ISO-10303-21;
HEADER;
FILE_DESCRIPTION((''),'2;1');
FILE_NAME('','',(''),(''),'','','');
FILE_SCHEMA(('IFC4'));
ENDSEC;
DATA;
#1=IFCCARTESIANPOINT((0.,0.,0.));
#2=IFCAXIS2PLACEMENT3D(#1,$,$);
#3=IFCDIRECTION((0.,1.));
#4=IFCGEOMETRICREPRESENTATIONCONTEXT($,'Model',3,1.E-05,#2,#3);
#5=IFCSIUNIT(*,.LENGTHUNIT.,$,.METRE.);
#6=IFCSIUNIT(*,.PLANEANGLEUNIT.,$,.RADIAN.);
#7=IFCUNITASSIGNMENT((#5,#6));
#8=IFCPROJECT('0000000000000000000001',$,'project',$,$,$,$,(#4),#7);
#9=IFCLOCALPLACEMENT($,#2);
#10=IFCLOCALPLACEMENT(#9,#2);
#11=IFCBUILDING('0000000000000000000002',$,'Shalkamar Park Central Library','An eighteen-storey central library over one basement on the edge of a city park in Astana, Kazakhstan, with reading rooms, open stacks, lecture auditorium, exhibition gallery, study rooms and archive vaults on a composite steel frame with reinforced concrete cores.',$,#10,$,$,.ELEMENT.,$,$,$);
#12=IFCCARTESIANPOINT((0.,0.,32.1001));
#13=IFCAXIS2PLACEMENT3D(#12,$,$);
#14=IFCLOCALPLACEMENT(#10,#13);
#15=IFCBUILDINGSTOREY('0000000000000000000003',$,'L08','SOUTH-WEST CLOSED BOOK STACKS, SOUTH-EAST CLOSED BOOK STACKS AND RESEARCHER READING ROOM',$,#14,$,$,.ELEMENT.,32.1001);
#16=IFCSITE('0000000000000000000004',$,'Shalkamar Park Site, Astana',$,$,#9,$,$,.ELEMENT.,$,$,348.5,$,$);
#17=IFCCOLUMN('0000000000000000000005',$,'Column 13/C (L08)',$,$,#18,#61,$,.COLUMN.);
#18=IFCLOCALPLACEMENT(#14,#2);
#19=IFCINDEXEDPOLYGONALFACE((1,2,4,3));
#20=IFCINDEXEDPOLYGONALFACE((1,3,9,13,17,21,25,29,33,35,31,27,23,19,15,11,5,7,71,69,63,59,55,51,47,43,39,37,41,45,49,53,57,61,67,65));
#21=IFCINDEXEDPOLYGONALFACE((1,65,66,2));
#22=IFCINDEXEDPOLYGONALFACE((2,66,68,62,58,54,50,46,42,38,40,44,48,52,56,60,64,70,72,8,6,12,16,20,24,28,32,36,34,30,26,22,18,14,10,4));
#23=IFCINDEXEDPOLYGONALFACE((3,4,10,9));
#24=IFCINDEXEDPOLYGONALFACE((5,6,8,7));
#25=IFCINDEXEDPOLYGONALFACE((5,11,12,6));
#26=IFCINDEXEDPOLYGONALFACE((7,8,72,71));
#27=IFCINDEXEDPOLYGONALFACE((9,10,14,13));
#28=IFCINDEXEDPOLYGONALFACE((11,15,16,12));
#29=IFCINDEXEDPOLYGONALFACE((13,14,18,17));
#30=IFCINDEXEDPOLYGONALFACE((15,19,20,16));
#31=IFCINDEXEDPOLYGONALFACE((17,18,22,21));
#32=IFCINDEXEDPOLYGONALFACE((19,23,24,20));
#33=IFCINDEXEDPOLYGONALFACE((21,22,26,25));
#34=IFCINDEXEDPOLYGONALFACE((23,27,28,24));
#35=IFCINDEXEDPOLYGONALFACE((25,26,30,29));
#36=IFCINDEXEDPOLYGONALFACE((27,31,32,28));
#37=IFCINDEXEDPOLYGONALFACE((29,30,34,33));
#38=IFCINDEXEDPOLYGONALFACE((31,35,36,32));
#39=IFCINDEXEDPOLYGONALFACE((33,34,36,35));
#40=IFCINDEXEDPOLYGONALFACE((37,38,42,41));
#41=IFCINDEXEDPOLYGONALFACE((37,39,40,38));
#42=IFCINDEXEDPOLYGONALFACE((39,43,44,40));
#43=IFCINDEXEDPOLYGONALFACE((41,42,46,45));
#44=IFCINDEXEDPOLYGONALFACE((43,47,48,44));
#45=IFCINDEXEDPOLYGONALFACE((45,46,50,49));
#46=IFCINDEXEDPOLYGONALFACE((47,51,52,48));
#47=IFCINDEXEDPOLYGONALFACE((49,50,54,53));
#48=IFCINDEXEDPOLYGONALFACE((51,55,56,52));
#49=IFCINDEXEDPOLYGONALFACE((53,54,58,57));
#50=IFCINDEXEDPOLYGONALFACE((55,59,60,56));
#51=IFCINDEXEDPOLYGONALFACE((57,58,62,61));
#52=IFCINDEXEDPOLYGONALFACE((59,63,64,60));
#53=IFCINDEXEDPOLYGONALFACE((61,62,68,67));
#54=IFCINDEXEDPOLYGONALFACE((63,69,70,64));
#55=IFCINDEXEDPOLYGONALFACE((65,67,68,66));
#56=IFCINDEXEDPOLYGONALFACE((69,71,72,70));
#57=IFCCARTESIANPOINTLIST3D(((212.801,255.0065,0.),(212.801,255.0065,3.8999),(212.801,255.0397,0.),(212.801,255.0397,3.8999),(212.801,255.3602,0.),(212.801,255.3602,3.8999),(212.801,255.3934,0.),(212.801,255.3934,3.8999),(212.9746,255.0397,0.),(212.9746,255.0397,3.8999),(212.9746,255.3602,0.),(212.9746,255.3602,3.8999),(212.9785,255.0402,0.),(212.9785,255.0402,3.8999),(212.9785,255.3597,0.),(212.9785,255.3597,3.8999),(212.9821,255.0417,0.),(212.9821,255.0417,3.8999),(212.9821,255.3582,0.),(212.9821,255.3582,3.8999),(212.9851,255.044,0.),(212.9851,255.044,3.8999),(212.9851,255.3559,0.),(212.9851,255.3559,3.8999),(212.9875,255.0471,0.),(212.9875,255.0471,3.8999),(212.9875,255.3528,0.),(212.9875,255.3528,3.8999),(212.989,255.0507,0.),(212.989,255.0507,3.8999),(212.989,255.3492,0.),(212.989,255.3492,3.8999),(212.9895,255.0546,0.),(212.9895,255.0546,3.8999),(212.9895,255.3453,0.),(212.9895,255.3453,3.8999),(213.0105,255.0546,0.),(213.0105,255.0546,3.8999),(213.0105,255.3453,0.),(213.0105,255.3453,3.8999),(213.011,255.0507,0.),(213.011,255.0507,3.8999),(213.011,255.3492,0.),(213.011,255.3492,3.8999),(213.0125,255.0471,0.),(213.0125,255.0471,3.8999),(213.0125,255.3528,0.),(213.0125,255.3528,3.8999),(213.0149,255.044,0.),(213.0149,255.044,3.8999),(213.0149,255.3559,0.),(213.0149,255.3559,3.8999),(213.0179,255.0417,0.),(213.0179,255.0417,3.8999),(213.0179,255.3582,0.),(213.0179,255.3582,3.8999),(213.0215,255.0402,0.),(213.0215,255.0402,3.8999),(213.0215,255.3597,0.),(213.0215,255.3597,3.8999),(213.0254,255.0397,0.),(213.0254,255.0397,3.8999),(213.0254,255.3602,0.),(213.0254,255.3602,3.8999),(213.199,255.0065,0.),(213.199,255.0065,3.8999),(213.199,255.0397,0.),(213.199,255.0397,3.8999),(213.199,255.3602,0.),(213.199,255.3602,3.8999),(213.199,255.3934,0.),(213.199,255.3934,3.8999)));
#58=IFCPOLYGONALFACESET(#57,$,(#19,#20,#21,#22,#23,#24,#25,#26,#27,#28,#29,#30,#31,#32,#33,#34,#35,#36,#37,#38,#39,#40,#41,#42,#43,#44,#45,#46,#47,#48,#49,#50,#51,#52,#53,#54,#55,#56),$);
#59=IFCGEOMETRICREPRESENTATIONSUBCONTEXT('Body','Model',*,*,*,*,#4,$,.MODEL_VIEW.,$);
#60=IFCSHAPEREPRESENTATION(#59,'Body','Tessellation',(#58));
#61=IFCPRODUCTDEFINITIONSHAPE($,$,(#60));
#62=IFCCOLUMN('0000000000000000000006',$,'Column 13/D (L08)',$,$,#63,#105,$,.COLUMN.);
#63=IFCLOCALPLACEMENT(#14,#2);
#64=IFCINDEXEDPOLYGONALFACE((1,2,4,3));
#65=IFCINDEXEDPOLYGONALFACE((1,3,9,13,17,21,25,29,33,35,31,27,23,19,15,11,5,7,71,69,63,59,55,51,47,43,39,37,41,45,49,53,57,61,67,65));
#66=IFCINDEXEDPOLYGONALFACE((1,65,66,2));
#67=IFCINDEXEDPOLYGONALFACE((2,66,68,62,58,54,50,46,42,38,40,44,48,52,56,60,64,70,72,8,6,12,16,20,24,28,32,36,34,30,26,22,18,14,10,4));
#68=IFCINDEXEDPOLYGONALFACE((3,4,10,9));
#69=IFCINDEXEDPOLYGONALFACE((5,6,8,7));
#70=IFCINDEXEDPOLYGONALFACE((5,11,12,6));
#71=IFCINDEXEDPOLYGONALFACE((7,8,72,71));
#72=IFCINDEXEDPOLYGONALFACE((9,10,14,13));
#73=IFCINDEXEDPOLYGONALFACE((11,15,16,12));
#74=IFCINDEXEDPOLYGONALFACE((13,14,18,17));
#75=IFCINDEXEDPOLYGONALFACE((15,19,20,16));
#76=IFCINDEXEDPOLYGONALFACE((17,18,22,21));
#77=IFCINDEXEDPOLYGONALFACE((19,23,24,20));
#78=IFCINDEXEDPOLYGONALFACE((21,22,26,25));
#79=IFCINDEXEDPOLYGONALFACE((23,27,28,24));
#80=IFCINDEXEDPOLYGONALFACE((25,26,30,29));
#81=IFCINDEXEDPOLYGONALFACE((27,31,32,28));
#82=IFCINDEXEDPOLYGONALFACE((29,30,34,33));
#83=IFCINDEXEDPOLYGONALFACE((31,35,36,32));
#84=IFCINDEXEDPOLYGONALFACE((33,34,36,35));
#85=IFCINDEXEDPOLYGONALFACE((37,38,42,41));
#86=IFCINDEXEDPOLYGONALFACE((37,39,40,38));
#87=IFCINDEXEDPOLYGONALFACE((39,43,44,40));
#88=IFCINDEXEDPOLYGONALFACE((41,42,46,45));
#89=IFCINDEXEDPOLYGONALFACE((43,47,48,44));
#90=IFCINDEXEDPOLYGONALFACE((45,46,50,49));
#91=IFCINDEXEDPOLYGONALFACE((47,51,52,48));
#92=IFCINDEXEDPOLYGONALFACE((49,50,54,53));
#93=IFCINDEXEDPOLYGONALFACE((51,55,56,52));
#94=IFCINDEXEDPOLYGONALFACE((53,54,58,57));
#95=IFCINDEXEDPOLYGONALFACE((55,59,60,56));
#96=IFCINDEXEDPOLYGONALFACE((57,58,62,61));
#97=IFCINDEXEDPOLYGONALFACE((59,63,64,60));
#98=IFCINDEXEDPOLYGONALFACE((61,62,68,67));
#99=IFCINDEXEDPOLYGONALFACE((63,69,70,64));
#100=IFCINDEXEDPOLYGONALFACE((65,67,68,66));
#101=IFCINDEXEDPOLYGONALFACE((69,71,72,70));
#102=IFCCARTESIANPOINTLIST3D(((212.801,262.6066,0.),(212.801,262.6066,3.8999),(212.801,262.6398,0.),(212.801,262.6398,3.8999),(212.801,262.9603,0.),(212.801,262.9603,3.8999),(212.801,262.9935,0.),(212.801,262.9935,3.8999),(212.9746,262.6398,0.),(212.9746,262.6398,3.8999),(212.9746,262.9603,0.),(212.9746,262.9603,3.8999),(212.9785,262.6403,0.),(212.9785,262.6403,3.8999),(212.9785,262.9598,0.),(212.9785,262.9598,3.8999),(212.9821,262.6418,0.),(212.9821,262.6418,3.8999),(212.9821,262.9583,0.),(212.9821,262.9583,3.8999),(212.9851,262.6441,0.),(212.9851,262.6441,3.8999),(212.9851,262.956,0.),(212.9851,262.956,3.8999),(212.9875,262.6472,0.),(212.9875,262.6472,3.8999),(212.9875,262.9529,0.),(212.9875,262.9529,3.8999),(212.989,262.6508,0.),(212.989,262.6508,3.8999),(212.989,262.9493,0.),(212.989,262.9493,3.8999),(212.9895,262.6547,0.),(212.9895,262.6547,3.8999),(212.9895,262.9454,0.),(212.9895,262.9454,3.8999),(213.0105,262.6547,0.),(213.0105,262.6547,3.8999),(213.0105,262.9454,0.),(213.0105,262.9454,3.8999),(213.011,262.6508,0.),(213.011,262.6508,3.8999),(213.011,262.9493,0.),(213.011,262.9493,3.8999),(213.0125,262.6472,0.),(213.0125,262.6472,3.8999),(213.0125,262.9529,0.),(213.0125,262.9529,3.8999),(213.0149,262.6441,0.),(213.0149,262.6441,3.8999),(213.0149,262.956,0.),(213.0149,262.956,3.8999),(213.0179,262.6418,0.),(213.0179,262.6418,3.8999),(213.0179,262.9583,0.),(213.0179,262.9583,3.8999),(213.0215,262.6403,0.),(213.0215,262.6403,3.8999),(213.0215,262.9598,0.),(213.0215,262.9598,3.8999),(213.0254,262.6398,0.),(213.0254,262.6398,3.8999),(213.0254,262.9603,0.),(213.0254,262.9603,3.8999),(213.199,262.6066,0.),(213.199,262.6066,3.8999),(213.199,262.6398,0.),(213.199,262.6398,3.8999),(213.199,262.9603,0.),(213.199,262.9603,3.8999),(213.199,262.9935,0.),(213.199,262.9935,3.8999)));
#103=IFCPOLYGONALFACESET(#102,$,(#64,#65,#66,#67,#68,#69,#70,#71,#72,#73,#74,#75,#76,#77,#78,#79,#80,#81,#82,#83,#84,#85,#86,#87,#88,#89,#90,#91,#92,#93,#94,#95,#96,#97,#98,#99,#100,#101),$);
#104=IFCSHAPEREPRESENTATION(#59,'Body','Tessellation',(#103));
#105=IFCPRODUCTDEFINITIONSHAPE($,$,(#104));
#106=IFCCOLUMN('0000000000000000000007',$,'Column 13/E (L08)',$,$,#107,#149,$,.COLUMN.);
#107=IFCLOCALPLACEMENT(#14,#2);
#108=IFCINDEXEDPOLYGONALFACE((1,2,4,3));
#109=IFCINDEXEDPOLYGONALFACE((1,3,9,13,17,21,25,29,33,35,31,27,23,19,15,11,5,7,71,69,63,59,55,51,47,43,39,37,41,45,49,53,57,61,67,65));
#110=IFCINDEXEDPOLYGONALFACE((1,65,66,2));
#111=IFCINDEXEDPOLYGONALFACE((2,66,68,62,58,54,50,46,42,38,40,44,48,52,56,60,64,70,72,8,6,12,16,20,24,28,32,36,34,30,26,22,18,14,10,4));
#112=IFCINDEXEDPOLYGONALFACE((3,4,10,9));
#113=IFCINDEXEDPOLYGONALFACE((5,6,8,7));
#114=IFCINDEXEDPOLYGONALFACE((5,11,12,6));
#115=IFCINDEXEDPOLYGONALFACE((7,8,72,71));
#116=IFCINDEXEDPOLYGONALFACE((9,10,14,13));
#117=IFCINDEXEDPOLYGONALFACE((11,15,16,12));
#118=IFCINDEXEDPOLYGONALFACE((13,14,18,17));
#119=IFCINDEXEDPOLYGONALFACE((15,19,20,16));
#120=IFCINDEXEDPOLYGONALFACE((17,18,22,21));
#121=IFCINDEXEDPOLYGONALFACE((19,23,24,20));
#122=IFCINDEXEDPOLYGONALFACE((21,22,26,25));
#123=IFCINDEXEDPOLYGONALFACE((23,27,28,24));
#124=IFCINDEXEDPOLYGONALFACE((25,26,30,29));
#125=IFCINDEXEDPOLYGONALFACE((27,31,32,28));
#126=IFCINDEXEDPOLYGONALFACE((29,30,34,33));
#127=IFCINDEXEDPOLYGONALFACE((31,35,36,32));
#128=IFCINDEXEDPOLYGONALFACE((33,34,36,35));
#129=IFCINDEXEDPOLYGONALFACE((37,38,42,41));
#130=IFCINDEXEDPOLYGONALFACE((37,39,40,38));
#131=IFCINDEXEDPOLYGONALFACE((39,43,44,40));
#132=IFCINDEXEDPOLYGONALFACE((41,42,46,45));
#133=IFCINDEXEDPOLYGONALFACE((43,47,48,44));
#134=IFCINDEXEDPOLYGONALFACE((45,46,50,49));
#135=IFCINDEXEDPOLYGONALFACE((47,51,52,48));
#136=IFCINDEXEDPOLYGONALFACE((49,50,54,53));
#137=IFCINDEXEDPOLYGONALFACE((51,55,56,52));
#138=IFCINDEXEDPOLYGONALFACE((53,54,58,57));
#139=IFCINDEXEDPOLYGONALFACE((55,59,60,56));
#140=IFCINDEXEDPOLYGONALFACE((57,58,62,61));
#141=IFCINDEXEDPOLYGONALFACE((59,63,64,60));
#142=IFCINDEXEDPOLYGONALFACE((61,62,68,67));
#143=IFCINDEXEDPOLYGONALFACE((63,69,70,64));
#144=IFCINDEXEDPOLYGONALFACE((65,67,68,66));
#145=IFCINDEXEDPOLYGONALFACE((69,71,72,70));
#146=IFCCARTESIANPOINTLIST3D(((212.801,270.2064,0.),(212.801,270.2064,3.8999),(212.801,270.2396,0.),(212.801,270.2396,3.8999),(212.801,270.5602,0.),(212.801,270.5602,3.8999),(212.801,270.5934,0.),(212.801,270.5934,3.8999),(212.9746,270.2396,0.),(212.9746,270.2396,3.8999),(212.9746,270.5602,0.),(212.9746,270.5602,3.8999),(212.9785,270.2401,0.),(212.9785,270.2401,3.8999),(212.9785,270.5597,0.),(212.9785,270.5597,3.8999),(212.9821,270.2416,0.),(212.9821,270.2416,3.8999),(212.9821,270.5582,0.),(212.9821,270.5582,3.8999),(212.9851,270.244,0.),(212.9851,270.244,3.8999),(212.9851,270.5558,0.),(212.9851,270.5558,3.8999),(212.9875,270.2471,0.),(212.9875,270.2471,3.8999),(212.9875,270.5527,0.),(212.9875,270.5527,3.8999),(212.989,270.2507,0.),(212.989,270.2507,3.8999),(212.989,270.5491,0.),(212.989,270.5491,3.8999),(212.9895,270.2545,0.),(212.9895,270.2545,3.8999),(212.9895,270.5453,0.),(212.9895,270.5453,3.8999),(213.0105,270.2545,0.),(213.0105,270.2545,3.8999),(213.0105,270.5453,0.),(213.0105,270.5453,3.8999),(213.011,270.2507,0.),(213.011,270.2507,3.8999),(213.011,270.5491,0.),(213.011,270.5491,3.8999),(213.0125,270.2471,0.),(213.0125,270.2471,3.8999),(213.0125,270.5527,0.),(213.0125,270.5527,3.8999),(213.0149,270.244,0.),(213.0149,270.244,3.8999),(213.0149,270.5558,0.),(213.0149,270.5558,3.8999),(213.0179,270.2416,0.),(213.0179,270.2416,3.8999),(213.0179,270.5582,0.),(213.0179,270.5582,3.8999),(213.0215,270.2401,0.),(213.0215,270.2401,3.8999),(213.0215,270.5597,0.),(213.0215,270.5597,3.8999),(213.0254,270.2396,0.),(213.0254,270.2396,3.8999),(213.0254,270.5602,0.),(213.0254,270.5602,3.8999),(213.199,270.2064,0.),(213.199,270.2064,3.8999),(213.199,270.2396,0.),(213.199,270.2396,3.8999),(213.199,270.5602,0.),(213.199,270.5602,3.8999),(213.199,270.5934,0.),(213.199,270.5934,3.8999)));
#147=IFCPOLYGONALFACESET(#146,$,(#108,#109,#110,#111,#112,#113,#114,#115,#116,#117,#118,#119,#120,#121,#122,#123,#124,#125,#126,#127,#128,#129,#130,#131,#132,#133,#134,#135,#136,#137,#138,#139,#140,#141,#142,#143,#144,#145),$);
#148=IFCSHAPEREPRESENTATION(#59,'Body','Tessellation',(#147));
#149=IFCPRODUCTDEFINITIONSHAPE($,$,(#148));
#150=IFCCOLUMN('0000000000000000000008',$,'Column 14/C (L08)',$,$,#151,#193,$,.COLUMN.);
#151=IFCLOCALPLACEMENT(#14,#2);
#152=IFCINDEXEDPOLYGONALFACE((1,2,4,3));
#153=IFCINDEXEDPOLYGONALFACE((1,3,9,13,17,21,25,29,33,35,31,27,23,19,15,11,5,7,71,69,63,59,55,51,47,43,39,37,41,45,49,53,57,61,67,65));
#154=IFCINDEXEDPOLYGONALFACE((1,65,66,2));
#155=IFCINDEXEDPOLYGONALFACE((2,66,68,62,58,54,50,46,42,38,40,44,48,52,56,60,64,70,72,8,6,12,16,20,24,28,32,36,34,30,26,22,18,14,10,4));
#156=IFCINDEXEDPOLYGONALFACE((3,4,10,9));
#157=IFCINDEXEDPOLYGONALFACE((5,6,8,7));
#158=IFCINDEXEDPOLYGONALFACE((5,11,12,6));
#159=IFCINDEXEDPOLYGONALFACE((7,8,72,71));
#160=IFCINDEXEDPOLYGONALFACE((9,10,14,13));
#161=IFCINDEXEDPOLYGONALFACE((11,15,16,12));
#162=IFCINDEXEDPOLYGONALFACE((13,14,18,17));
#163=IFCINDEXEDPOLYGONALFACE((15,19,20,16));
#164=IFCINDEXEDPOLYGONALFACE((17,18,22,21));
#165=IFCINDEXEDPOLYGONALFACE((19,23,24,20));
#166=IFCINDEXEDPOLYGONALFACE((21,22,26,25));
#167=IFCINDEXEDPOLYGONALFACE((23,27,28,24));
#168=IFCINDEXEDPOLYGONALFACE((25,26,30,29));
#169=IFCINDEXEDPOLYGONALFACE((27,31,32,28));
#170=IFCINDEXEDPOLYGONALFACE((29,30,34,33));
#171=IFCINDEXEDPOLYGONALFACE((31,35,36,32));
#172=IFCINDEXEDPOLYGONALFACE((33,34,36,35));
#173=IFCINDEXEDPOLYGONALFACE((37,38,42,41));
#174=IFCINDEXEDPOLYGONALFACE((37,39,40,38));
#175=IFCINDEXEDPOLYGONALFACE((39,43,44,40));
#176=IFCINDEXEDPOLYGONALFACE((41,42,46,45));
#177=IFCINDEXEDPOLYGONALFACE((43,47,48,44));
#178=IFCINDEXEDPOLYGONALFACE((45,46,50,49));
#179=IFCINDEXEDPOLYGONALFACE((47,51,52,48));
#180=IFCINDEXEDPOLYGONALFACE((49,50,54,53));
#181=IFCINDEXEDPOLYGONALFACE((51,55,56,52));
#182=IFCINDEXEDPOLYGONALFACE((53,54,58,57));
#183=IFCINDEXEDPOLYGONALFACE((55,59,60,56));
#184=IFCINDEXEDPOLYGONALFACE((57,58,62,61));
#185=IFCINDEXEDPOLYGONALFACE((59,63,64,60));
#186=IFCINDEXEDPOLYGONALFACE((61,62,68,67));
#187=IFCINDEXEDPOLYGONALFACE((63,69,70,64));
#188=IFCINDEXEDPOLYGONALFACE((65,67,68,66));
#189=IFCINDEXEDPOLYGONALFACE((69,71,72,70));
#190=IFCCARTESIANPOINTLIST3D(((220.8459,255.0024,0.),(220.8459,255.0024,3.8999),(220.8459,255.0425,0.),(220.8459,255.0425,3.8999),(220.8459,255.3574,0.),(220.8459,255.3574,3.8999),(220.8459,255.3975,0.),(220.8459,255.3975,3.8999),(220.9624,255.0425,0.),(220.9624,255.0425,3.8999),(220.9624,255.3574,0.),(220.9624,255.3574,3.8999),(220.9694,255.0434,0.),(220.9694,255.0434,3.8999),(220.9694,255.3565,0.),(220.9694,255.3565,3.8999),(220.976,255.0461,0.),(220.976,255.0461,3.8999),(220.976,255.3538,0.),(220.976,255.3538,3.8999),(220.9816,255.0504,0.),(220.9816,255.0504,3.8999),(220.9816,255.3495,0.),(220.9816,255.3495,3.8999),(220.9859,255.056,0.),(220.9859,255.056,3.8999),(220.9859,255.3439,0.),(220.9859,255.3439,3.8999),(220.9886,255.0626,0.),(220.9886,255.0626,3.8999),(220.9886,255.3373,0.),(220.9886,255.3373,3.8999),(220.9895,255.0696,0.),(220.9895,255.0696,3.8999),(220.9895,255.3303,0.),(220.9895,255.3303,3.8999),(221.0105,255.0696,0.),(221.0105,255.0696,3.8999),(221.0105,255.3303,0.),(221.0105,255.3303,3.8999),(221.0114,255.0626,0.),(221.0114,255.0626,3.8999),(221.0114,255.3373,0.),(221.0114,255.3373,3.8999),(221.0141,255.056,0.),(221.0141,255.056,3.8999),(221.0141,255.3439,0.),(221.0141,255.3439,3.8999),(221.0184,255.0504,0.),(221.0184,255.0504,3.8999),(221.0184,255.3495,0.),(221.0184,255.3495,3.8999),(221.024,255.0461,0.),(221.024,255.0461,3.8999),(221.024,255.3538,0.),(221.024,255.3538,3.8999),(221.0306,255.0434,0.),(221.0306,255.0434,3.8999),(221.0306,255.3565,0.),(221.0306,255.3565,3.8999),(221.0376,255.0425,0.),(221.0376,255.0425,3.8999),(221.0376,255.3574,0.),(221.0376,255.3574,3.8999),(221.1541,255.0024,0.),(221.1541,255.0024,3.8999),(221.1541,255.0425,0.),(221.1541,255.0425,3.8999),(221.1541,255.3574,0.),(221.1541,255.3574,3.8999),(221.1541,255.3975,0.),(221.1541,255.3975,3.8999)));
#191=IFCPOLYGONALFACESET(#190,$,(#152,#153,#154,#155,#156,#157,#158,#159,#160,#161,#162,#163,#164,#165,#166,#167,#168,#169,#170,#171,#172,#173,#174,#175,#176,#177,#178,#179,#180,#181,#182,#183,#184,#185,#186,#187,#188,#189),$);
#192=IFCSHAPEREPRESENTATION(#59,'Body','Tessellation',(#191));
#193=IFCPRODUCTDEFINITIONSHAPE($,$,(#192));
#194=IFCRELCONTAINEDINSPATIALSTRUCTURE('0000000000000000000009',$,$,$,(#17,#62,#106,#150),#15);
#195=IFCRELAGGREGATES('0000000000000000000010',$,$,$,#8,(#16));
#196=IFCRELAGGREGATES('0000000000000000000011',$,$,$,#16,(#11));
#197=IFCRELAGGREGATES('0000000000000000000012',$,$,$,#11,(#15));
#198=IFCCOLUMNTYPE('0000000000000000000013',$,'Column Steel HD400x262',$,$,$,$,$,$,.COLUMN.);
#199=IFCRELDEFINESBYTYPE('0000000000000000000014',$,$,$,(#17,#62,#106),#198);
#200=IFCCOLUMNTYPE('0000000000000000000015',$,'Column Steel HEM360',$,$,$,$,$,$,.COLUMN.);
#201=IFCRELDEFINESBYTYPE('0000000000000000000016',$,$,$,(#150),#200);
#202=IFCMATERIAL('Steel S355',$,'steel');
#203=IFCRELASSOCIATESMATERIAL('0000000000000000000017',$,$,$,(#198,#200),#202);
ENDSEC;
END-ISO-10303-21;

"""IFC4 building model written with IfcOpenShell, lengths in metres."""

from ifc_helpers import new_model, si_unit, direction, frame, origin, origin_2d, place, context, subcontext, project, spatial, i_section, extrude, material, material_profile, profile_set, type_object, element, save


model = new_model("IFC4")

# Units and contexts
model_context = context("Model", 3, precision=1e-05, world=origin(), true_north=direction((0.0, 1.0)))
body_context = subcontext(model_context, "Body", "Model", "MODEL_VIEW")
ifc_project = project(units=[si_unit("LENGTHUNIT", "METRE"), si_unit("PLANEANGLEUNIT", "RADIAN")], contexts=[model_context])

# Site, building, storey
site_placement = place(None, origin())
site = spatial("IfcSite", under=ifc_project, at=site_placement, Name="Shalkamar Park Site, Astana", CompositionType="ELEMENT", RefElevation=348.5)
building_placement = place(site_placement, origin())
building = spatial("IfcBuilding", under=site, at=building_placement, Name="Shalkamar Park Central Library", Description="An eighteen-storey central library over one basement on the edge of a city park in Astana, Kazakhstan, with reading rooms, open stacks, lecture auditorium, exhibition gallery, study rooms and archive vaults on a composite steel frame with reinforced concrete cores.", CompositionType="ELEMENT")
storey_placement = place(building_placement, frame((0.0, 0.0, 32.1001)))
storey = spatial("IfcBuildingStorey", under=building, at=storey_placement, Name="L08", Description="SOUTH-WEST CLOSED BOOK STACKS, SOUTH-EAST CLOSED BOOK STACKS AND RESEARCHER READING ROOM", CompositionType="ELEMENT", Elevation=32.1001)

# Columns
ifc_material_1 = material(Name="Steel S355", Category="steel")
ifc_material_profile_1 = material_profile(ifc_material_1, i_section(OverallWidth=0.3979, OverallDepth=0.387, WebThickness=0.021, FlangeThickness=0.0332, FilletRadius=0.0149, at=origin_2d()), Name="HD 400x262")
ifc_profile_set_1 = profile_set([ifc_material_profile_1], Name="Steel S355")
column_type_1 = type_object("IfcColumnType", Name="Column Steel HD400x262", PredefinedType="COLUMN", material=ifc_profile_set_1)
for number, where, z_axis, x_axis, name in (
    (1, (213.0, 255.2, 0.0), (0.0, 0.0, 1.0), (1.0, 0.0, 0.0), "Column 13/C (L08)"),
    (2, (213.0, 262.8, 0.0), (0.0, 0.0, 1.0), (1.0, 0.0, 0.0), "Column 13/D (L08)"),
    (3, (213.0, 270.3999, 0.0), (0.0, 0.0, 1.0), (1.0, 0.0, 0.0), "Column 13/E (L08)"),
):
    element("IfcColumn", number, at=place(storey_placement, frame(where, z_axis=z_axis, x_axis=x_axis)), inside=storey, type_object=column_type_1, Name=name, PredefinedType="COLUMN", context=body_context, shape_type="SweptSolid", body=[
        extrude(i_section(OverallWidth=0.3979, OverallDepth=0.387, WebThickness=0.021, FlangeThickness=0.0332, FilletRadius=0.0149, at=origin_2d()), origin(), (0.0, 0.0, 1.0), 3.8999),
    ])
ifc_material_profile_2 = material_profile(ifc_material_1, i_section(OverallWidth=0.3081, OverallDepth=0.395, WebThickness=0.021, FlangeThickness=0.04, FilletRadius=0.0271, at=origin_2d()), Name="HEM 360")
ifc_profile_set_2 = profile_set([ifc_material_profile_2], Name="Steel S355")
column_type_2 = type_object("IfcColumnType", Name="Column Steel HEM360", PredefinedType="COLUMN", material=ifc_profile_set_2)
for number, where, z_axis, x_axis, name in (
    (4, (221.0, 255.2, 0.0), (0.0, 0.0, 1.0), (1.0, 0.0, 0.0), "Column 14/C (L08)"),
):
    element("IfcColumn", number, at=place(storey_placement, frame(where, z_axis=z_axis, x_axis=x_axis)), inside=storey, type_object=column_type_2, Name=name, PredefinedType="COLUMN", context=body_context, shape_type="SweptSolid", body=[
        extrude(i_section(OverallWidth=0.3081, OverallDepth=0.395, WebThickness=0.021, FlangeThickness=0.04, FilletRadius=0.0271, at=origin_2d()), origin(), (0.0, 0.0, 1.0), 3.8999),
    ])

save(model, "model.ifc")
